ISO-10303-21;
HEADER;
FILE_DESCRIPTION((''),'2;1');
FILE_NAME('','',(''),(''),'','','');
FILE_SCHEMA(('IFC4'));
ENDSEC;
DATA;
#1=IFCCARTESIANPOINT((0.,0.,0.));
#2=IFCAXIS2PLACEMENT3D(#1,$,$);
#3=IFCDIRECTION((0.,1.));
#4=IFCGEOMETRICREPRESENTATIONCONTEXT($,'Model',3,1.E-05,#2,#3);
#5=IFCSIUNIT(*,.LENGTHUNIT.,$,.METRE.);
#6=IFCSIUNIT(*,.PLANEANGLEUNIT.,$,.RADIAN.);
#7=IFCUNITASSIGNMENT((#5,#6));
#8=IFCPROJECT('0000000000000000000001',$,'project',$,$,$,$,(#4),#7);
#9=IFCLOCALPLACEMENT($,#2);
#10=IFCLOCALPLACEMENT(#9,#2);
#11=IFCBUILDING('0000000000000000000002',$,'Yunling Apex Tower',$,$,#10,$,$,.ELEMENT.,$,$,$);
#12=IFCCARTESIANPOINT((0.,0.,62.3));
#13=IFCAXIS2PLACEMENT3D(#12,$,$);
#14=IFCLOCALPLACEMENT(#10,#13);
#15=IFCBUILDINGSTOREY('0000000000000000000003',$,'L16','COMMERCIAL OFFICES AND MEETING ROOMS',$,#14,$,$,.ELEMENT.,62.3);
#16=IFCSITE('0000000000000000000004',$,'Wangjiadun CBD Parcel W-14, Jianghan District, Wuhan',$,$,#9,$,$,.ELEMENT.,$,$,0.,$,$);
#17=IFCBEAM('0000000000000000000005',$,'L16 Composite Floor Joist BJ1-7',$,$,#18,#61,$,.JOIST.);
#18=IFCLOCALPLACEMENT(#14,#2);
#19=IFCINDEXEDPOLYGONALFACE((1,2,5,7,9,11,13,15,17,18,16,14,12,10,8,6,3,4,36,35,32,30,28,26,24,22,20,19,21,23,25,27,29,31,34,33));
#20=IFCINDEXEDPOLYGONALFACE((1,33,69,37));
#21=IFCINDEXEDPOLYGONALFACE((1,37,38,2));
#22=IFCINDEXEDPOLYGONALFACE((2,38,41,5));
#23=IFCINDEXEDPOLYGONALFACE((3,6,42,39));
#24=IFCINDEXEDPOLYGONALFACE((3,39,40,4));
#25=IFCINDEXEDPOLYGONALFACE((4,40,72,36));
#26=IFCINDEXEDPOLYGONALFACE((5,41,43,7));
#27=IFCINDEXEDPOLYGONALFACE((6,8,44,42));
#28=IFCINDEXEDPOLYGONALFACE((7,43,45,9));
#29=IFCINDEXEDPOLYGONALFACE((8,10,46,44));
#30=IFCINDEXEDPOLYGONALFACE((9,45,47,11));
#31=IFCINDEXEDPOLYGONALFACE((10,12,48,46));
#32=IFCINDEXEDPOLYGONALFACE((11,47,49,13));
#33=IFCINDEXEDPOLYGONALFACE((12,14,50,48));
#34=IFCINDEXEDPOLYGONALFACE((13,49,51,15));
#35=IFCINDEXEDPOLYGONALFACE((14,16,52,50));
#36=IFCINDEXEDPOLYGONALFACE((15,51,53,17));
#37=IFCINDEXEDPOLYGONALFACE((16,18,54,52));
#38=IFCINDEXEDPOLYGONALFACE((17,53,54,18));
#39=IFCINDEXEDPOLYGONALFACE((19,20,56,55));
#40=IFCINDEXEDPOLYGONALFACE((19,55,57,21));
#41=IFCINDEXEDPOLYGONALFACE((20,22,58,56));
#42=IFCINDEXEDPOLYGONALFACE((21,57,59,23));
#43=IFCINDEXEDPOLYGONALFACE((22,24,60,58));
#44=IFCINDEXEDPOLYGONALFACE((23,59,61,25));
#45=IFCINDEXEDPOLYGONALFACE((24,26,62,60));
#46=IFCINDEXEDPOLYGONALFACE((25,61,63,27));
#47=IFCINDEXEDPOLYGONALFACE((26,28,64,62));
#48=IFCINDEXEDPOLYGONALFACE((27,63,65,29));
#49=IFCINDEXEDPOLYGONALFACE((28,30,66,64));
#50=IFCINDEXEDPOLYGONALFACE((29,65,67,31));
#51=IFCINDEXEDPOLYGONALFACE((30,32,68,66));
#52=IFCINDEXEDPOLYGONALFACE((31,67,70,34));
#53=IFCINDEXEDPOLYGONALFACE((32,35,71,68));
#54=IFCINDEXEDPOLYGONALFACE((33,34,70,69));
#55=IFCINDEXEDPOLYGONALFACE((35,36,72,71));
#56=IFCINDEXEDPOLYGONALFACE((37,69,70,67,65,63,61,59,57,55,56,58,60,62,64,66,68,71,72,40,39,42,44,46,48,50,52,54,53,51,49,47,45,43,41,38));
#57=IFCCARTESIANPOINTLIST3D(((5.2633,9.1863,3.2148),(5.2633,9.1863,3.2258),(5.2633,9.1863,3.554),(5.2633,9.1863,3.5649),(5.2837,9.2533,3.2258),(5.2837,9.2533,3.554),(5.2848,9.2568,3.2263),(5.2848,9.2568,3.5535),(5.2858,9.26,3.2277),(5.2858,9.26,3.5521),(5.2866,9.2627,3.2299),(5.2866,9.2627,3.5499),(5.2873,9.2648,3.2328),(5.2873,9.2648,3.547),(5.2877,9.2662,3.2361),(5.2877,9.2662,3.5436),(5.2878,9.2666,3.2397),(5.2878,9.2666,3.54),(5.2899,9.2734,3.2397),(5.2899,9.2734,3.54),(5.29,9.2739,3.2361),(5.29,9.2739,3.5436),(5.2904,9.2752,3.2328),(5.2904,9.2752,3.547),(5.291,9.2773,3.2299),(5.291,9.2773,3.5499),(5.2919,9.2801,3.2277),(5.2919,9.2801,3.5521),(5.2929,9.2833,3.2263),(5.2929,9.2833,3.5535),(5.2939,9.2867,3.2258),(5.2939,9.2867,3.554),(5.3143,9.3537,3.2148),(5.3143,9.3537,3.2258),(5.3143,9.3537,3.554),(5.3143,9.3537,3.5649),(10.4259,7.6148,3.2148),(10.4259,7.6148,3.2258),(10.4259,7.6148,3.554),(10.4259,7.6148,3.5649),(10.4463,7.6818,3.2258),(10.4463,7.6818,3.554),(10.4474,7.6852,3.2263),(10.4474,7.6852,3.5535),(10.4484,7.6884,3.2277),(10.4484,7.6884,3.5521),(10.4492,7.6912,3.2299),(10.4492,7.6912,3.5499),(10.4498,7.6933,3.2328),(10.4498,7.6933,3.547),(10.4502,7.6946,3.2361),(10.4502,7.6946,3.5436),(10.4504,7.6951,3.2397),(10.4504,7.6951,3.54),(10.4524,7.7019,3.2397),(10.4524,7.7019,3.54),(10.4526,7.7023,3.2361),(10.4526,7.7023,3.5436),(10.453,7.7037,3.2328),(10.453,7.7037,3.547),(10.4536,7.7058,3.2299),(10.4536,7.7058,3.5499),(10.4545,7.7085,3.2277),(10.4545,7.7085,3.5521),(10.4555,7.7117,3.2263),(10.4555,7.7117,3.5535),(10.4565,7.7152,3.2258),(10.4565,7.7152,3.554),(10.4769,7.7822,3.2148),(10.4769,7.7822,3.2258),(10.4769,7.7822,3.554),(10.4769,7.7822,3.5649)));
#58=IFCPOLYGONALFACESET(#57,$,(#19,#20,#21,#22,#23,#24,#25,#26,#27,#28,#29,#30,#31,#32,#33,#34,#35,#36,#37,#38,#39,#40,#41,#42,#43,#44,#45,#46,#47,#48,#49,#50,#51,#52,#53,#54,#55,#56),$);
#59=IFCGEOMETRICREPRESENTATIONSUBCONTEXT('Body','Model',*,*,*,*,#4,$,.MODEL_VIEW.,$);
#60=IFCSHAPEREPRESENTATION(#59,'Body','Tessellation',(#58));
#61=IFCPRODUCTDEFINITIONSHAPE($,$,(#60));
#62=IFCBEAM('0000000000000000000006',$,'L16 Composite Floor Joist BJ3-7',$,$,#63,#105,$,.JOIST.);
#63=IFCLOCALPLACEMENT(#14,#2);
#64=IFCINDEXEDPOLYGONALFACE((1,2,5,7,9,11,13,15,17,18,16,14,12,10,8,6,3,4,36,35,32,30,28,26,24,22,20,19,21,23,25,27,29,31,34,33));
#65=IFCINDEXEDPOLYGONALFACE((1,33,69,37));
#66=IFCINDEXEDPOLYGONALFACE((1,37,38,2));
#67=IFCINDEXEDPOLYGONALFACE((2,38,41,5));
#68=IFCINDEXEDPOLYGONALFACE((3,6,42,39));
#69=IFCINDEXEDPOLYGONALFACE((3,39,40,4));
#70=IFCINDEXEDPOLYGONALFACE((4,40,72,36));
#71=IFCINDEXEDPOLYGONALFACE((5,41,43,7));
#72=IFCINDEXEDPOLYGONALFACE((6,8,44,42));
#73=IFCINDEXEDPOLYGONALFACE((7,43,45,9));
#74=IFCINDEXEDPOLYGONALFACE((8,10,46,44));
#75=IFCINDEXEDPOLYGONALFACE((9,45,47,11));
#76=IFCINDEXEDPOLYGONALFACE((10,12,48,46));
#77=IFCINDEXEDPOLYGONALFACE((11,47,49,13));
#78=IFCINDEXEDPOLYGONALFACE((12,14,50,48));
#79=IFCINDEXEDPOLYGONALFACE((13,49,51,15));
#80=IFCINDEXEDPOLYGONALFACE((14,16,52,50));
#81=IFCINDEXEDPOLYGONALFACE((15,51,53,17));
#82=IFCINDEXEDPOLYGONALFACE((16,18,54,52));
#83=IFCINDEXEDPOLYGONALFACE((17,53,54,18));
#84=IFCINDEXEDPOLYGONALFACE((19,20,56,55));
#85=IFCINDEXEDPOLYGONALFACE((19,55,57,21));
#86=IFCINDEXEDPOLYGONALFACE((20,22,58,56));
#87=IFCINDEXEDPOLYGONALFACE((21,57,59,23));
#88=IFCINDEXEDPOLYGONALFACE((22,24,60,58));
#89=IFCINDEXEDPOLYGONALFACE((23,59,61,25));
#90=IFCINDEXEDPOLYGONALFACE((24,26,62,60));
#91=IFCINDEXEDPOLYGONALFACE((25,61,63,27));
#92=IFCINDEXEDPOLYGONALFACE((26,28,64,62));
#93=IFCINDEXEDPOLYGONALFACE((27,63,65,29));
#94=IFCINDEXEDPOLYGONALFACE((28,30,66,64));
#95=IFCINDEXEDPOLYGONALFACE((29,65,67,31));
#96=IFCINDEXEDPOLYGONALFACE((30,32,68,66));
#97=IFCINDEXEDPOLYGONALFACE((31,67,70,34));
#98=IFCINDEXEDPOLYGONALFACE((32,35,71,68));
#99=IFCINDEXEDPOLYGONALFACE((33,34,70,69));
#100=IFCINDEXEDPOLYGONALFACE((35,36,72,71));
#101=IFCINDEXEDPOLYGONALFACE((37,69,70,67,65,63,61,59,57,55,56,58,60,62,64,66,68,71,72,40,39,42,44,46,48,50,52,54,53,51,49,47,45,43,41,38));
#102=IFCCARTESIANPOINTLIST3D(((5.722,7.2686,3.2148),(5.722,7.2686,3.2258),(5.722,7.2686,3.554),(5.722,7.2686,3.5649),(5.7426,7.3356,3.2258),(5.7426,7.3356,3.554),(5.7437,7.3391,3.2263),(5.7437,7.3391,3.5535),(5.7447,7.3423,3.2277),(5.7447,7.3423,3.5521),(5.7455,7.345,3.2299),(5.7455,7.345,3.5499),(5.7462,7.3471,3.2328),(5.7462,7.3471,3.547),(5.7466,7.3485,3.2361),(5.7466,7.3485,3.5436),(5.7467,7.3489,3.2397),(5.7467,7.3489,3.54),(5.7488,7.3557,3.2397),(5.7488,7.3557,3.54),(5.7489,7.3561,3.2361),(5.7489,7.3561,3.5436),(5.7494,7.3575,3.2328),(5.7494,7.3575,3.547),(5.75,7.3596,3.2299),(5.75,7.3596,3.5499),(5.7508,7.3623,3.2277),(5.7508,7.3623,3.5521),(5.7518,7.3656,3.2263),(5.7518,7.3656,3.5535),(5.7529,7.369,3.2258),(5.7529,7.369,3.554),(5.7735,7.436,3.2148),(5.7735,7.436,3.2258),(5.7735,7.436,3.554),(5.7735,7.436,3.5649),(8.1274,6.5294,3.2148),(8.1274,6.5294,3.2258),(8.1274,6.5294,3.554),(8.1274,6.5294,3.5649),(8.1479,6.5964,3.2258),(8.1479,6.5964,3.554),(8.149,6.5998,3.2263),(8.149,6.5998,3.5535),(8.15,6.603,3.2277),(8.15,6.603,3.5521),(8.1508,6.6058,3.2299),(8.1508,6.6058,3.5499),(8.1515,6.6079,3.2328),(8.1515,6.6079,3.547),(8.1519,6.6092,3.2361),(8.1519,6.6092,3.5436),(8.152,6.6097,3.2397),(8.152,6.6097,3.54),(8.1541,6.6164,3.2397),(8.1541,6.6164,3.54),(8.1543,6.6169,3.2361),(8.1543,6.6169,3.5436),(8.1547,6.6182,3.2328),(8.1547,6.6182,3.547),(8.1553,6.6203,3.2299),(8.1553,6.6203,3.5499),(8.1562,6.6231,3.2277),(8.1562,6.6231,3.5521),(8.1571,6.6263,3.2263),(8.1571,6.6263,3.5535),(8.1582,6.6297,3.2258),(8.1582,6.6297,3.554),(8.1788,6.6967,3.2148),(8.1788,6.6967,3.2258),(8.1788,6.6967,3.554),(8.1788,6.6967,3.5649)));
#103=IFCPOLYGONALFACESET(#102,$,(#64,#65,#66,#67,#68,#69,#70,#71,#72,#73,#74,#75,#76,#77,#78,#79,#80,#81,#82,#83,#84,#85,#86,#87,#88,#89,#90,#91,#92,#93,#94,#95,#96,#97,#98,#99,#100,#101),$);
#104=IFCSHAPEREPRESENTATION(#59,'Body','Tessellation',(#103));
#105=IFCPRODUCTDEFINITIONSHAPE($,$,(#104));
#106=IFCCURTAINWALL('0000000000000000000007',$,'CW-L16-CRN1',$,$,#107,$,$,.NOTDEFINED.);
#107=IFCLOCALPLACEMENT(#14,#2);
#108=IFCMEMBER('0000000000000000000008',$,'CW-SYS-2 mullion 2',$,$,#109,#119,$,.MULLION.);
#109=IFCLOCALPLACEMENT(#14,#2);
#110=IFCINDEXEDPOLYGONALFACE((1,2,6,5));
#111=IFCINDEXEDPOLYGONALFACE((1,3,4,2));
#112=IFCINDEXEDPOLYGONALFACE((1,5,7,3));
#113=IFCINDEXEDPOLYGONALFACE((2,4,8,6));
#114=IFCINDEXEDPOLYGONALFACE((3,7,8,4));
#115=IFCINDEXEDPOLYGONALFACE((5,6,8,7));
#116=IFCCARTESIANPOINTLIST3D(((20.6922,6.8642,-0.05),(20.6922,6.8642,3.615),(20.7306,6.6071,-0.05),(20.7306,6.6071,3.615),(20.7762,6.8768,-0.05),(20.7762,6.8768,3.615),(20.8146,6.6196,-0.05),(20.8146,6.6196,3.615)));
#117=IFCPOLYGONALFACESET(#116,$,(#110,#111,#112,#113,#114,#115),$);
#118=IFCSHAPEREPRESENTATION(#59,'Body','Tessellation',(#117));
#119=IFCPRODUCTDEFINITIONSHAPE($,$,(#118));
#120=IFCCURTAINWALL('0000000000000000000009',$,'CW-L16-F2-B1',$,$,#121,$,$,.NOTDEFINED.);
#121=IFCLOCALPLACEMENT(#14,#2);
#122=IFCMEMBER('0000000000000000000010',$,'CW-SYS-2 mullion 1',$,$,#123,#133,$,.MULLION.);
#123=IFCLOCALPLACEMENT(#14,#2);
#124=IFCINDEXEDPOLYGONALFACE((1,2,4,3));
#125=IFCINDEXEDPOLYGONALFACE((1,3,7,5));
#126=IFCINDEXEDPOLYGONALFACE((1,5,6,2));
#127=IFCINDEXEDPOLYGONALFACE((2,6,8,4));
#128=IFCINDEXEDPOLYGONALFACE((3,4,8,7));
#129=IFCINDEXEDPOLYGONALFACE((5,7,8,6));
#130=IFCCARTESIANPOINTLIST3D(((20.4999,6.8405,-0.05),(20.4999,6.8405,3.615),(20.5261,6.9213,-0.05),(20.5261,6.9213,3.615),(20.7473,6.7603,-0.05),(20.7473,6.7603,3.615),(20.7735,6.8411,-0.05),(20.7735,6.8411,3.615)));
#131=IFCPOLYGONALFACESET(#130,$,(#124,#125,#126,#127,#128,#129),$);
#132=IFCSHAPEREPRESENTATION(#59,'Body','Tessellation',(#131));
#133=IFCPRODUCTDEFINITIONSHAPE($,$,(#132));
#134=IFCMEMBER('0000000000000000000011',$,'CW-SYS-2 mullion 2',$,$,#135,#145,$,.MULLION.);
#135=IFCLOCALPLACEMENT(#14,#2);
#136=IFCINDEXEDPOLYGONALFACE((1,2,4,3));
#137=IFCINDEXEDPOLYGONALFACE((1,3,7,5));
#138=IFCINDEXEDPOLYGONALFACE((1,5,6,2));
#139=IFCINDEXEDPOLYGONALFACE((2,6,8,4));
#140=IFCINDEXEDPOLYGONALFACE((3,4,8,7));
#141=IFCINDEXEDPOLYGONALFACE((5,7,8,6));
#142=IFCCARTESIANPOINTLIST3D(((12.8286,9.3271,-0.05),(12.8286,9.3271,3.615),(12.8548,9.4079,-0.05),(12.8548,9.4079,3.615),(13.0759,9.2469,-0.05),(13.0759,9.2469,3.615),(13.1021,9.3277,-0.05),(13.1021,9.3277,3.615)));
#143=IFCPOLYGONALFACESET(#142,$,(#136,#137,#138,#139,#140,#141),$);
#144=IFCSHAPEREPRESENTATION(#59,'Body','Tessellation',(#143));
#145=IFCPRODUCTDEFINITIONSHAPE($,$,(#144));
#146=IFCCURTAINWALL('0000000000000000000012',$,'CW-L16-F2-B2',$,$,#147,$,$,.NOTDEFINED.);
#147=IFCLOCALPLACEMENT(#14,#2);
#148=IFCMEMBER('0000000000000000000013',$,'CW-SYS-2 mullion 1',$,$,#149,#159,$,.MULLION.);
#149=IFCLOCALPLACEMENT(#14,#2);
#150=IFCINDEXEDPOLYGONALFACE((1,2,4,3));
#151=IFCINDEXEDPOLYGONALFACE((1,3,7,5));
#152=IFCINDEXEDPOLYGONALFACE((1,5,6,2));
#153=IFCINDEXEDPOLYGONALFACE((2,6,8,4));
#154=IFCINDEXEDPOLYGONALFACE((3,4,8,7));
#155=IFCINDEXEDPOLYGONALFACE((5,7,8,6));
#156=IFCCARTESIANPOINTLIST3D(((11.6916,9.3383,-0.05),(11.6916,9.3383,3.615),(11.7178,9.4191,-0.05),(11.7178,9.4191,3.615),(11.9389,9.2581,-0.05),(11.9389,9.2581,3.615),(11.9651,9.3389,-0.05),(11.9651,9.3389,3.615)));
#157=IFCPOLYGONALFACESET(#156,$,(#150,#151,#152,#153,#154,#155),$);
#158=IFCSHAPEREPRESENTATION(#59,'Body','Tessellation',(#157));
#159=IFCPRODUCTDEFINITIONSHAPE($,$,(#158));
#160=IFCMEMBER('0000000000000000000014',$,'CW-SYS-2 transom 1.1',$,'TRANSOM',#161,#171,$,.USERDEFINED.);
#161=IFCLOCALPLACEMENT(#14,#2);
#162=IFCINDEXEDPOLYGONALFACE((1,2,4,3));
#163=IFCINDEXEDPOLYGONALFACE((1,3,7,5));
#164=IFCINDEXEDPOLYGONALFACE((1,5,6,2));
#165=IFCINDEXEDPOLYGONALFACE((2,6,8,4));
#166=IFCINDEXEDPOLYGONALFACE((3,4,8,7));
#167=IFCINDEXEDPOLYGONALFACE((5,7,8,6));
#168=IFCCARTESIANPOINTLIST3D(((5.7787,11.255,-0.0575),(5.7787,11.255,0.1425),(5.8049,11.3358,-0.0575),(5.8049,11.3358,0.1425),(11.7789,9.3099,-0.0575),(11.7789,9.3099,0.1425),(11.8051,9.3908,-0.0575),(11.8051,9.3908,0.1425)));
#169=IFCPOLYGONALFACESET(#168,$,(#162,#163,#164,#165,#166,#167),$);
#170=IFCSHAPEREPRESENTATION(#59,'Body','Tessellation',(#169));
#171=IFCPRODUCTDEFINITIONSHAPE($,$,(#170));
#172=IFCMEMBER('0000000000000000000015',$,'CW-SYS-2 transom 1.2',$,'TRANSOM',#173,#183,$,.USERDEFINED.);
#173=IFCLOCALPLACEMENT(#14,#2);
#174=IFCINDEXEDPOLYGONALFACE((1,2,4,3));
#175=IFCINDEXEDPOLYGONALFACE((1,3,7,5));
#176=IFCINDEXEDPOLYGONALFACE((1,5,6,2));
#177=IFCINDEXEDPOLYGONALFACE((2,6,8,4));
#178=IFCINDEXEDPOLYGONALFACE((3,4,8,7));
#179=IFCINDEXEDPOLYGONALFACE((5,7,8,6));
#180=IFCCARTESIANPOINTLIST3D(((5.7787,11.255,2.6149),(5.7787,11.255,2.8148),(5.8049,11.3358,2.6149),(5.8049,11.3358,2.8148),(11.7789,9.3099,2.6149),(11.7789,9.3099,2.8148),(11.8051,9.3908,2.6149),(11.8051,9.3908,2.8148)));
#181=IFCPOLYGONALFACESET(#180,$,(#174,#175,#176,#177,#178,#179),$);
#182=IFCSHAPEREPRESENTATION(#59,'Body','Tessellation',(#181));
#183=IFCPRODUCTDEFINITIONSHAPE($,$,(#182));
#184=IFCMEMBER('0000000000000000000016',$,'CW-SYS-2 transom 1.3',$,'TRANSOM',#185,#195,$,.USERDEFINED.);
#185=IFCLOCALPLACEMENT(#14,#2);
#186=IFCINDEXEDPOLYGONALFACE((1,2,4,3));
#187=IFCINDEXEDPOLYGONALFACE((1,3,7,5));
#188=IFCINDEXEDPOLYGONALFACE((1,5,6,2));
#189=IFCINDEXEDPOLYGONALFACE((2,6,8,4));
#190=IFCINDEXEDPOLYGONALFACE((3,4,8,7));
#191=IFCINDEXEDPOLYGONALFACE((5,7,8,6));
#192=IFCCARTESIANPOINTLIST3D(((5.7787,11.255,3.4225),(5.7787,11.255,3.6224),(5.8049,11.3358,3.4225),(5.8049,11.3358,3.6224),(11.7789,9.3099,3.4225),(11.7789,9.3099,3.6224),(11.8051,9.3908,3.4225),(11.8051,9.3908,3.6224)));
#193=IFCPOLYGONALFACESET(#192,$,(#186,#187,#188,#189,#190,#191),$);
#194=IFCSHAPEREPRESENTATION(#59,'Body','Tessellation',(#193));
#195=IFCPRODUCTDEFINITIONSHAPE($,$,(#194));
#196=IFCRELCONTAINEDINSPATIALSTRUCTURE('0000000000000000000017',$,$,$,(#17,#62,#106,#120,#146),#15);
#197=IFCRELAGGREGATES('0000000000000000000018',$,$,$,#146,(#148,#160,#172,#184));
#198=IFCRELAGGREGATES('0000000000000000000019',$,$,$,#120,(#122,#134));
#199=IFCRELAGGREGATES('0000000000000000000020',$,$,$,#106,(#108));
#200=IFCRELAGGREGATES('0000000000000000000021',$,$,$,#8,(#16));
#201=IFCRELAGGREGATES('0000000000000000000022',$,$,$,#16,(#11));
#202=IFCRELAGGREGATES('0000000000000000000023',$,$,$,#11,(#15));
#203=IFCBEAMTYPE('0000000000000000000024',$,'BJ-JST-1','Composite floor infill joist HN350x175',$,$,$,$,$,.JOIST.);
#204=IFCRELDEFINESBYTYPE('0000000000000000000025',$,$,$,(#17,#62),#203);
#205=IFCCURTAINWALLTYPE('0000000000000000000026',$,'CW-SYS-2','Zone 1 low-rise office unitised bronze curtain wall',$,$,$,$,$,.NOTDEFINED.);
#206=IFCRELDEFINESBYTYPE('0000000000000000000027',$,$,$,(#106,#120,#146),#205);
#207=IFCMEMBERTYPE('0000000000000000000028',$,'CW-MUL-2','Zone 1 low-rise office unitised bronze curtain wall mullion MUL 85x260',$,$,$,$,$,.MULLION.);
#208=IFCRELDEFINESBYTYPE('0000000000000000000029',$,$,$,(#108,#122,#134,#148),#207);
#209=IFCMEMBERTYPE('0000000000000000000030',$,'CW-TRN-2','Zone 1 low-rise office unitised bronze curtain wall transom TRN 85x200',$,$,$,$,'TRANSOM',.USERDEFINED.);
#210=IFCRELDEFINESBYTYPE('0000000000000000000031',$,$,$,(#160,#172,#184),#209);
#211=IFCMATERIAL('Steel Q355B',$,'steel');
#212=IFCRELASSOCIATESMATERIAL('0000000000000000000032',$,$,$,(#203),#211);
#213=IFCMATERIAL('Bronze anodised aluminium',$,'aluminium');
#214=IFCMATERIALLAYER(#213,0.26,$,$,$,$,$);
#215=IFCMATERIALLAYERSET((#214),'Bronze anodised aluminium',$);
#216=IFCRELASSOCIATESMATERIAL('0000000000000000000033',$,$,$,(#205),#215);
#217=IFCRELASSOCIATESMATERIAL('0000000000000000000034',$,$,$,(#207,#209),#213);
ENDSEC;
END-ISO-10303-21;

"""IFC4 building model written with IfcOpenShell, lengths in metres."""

from ifc_helpers import new_model, si_unit, direction, frame, origin, origin_2d, place, context, subcontext, project, spatial, rectangle, i_section, extrude, source, transform, mapped, material, layer, layer_set, material_profile, profile_set, type_object, element, aggregate, save


model = new_model("IFC4")

# Units and contexts
model_context = context("Model", 3, precision=1e-05, world=origin(), true_north=direction((0.0, 1.0)))
body_context = subcontext(model_context, "Body", "Model", "MODEL_VIEW")
ifc_project = project(units=[si_unit("LENGTHUNIT", "METRE"), si_unit("PLANEANGLEUNIT", "RADIAN")], contexts=[model_context])

# Site, building, storey
site_placement = place(None, origin())
site = spatial("IfcSite", under=ifc_project, at=site_placement, Name="Wangjiadun CBD Parcel W-14, Jianghan District, Wuhan", CompositionType="ELEMENT", RefElevation=0.0)
building_placement = place(site_placement, origin())
building = spatial("IfcBuilding", under=site, at=building_placement, Name="Yunling Apex Tower", CompositionType="ELEMENT")
storey_placement = place(building_placement, frame((0.0, 0.0, 62.3)))
storey = spatial("IfcBuildingStorey", under=building, at=storey_placement, Name="L16", Description="COMMERCIAL OFFICES AND MEETING ROOMS", CompositionType="ELEMENT", Elevation=62.3)

# Beams
ifc_material_1 = material(Name="Steel Q355B", Category="steel")
ifc_material_profile_1 = material_profile(ifc_material_1, i_section(OverallWidth=0.175, OverallDepth=0.3501, WebThickness=0.0071, FlangeThickness=0.011, FilletRadius=0.0139, at=origin_2d()))
ifc_profile_set_1 = profile_set([ifc_material_profile_1], Name="Steel Q355B")
beam_type_1 = type_object("IfcBeamType", Name="BJ-JST-1", Description="Composite floor infill joist HN350x175", PredefinedType="JOIST", material=ifc_profile_set_1)
shared_shape_1 = source(origin(), body_context, "Body", "SweptSolid", [
    extrude(i_section(OverallWidth=0.175, OverallDepth=0.3501, WebThickness=0.0071, FlangeThickness=0.011, FilletRadius=0.0139, at=origin_2d()), origin(), (0.0, 0.0, 1.0), 5.3965),
])
beam_1_placement = place(storey_placement, frame((10.4514, 7.6985, 3.3899), z_axis=(-0.956658, 0.291214, 0.0), x_axis=(-0.291214, -0.956658, 0.0)))
element("IfcBeam", 1, at=beam_1_placement, inside=storey, type_object=beam_type_1, Name="L16 Composite Floor Joist BJ1-7", PredefinedType="JOIST", context=body_context, shape_type="MappedRepresentation", body=[
    mapped(shared_shape_1, transform((0.0, 0.0, 0.0), scale=1.0)),
])
shared_shape_2 = source(origin(), body_context, "Body", "SweptSolid", [
    extrude(i_section(OverallWidth=0.175, OverallDepth=0.3501, WebThickness=0.0071, FlangeThickness=0.011, FilletRadius=0.0139, at=origin_2d()), origin(), (0.0, 0.0, 1.0), 2.5164),
])
beam_2_placement = place(storey_placement, frame((8.1531, 6.613, 3.3899), z_axis=(-0.955871, 0.293786, 0.0), x_axis=(-0.293786, -0.955871, 0.0)))
element("IfcBeam", 2, at=beam_2_placement, inside=storey, type_object=beam_type_1, Name="L16 Composite Floor Joist BJ3-7", PredefinedType="JOIST", context=body_context, shape_type="MappedRepresentation", body=[
    mapped(shared_shape_2, transform((0.0, 0.0, 0.0), scale=1.0)),
])

# Curtain wall, member
ifc_material_2 = material(Name="Bronze anodised aluminium", Category="aluminium")
ifc_layer_1 = layer(ifc_material_2, 0.26)
ifc_layer_set_1 = layer_set([ifc_layer_1], Name="Bronze anodised aluminium")
curtain_wall_type = type_object("IfcCurtainWallType", Name="CW-SYS-2", Description="Zone 1 low-rise office unitised bronze curtain wall", PredefinedType="NOTDEFINED", material=ifc_layer_set_1)
curtain_wall_1_placement = place(storey_placement, origin())
curtain_wall_1 = element("IfcCurtainWall", 3, at=curtain_wall_1_placement, inside=storey, type_object=curtain_wall_type, Name="CW-L16-CRN1", PredefinedType="NOTDEFINED")
ifc_material_profile_2 = material_profile(ifc_material_2, rectangle(XDim=0.085, YDim=0.26, at=origin_2d()))
ifc_profile_set_2 = profile_set([ifc_material_profile_2], Name="Bronze anodised aluminium")
member_type_1 = type_object("IfcMemberType", Name="CW-MUL-2", Description="Zone 1 low-rise office unitised bronze curtain wall mullion MUL 85x260", PredefinedType="MULLION", material=ifc_profile_set_2)
shared_shape_3 = source(origin(), body_context, "Body", "SweptSolid", [
    extrude(rectangle(XDim=0.085, YDim=0.26, at=origin_2d()), origin(), (0.0, 0.0, 1.0), 3.665),
])
member_1_placement = place(storey_placement, frame((20.7534, 6.7419, -0.05), z_axis=(0.0, 0.0, 1.0), x_axis=(-0.989018, -0.147798, 0.0)))
member_1 = element("IfcMember", 4, at=member_1_placement, type_object=member_type_1, Name="CW-SYS-2 mullion 2", PredefinedType="MULLION", context=body_context, shape_type="MappedRepresentation", body=[
    mapped(shared_shape_3, transform((0.0, 0.0, 0.0), scale=1.0)),
])

# Curtain walls, members
curtain_wall_2_placement = place(storey_placement, origin())
curtain_wall_2 = element("IfcCurtainWall", 5, at=curtain_wall_2_placement, inside=storey, type_object=curtain_wall_type, Name="CW-L16-F2-B1", PredefinedType="NOTDEFINED")
member_2_placement = place(storey_placement, frame((20.6367, 6.8408, -0.05), z_axis=(0.0, 0.0, 1.0), x_axis=(-0.308357, -0.951271, 0.0)))
member_2 = element("IfcMember", 6, at=member_2_placement, type_object=member_type_1, Name="CW-SYS-2 mullion 1", PredefinedType="MULLION", context=body_context, shape_type="MappedRepresentation", body=[
    mapped(shared_shape_3, transform((0.0, 0.0, 0.0), scale=1.0)),
])
member_3_placement = place(storey_placement, frame((12.9653, 9.3274, -0.05), z_axis=(0.0, 0.0, 1.0), x_axis=(-0.308357, -0.951271, 0.0)))
member_3 = element("IfcMember", 7, at=member_3_placement, type_object=member_type_1, Name="CW-SYS-2 mullion 2", PredefinedType="MULLION", context=body_context, shape_type="MappedRepresentation", body=[
    mapped(shared_shape_3, transform((0.0, 0.0, 0.0), scale=1.0)),
])
curtain_wall_3_placement = place(storey_placement, origin())
curtain_wall_3 = element("IfcCurtainWall", 8, at=curtain_wall_3_placement, inside=storey, type_object=curtain_wall_type, Name="CW-L16-F2-B2", PredefinedType="NOTDEFINED")
member_4_placement = place(storey_placement, frame((11.8284, 9.3386, -0.05), z_axis=(0.0, 0.0, 1.0), x_axis=(-0.308352, -0.951272, 0.0)))
member_4 = element("IfcMember", 9, at=member_4_placement, type_object=member_type_1, Name="CW-SYS-2 mullion 1", PredefinedType="MULLION", context=body_context, shape_type="MappedRepresentation", body=[
    mapped(shared_shape_3, transform((0.0, 0.0, 0.0), scale=1.0)),
])
ifc_material_profile_3 = material_profile(ifc_material_2, rectangle(XDim=0.085, YDim=0.2, at=origin_2d()))
ifc_profile_set_3 = profile_set([ifc_material_profile_3], Name="Bronze anodised aluminium")
member_type_2 = type_object("IfcMemberType", Name="CW-TRN-2", Description="Zone 1 low-rise office unitised bronze curtain wall transom TRN 85x200", ElementType="TRANSOM", PredefinedType="USERDEFINED", material=ifc_profile_set_3)
shared_shape_4 = source(origin(), body_context, "Body", "SweptSolid", [
    extrude(rectangle(XDim=0.085, YDim=0.2, at=origin_2d()), origin(), (0.0, 0.0, 1.0), 6.3076),
])
member_5_placement = place(storey_placement, frame((11.792, 9.3503, 0.0425), z_axis=(-0.951267, 0.308367, 0.0), x_axis=(-0.308367, -0.951267, 0.0)))
member_5 = element("IfcMember", 10, at=member_5_placement, type_object=member_type_2, Name="CW-SYS-2 transom 1.1", ObjectType="TRANSOM", PredefinedType="USERDEFINED", context=body_context, shape_type="MappedRepresentation", body=[
    mapped(shared_shape_4, transform((0.0, 0.0, 0.0), scale=1.0)),
])
member_6_placement = place(storey_placement, frame((11.792, 9.3503, 2.7148), z_axis=(-0.951267, 0.308367, 0.0), x_axis=(-0.308367, -0.951267, 0.0)))
member_6 = element("IfcMember", 11, at=member_6_placement, type_object=member_type_2, Name="CW-SYS-2 transom 1.2", ObjectType="TRANSOM", PredefinedType="USERDEFINED", context=body_context, shape_type="MappedRepresentation", body=[
    mapped(shared_shape_4, transform((0.0, 0.0, 0.0), scale=1.0)),
])
member_7_placement = place(storey_placement, frame((11.792, 9.3503, 3.5225), z_axis=(-0.951267, 0.308367, 0.0), x_axis=(-0.308367, -0.951267, 0.0)))
member_7 = element("IfcMember", 12, at=member_7_placement, type_object=member_type_2, Name="CW-SYS-2 transom 1.3", ObjectType="TRANSOM", PredefinedType="USERDEFINED", context=body_context, shape_type="MappedRepresentation", body=[
    mapped(shared_shape_4, transform((0.0, 0.0, 0.0), scale=1.0)),
])

aggregate(curtain_wall_3, [member_4, member_5, member_6, member_7])
aggregate(curtain_wall_2, [member_2, member_3])
aggregate(curtain_wall_1, [member_1])

save(model, "model.ifc")
